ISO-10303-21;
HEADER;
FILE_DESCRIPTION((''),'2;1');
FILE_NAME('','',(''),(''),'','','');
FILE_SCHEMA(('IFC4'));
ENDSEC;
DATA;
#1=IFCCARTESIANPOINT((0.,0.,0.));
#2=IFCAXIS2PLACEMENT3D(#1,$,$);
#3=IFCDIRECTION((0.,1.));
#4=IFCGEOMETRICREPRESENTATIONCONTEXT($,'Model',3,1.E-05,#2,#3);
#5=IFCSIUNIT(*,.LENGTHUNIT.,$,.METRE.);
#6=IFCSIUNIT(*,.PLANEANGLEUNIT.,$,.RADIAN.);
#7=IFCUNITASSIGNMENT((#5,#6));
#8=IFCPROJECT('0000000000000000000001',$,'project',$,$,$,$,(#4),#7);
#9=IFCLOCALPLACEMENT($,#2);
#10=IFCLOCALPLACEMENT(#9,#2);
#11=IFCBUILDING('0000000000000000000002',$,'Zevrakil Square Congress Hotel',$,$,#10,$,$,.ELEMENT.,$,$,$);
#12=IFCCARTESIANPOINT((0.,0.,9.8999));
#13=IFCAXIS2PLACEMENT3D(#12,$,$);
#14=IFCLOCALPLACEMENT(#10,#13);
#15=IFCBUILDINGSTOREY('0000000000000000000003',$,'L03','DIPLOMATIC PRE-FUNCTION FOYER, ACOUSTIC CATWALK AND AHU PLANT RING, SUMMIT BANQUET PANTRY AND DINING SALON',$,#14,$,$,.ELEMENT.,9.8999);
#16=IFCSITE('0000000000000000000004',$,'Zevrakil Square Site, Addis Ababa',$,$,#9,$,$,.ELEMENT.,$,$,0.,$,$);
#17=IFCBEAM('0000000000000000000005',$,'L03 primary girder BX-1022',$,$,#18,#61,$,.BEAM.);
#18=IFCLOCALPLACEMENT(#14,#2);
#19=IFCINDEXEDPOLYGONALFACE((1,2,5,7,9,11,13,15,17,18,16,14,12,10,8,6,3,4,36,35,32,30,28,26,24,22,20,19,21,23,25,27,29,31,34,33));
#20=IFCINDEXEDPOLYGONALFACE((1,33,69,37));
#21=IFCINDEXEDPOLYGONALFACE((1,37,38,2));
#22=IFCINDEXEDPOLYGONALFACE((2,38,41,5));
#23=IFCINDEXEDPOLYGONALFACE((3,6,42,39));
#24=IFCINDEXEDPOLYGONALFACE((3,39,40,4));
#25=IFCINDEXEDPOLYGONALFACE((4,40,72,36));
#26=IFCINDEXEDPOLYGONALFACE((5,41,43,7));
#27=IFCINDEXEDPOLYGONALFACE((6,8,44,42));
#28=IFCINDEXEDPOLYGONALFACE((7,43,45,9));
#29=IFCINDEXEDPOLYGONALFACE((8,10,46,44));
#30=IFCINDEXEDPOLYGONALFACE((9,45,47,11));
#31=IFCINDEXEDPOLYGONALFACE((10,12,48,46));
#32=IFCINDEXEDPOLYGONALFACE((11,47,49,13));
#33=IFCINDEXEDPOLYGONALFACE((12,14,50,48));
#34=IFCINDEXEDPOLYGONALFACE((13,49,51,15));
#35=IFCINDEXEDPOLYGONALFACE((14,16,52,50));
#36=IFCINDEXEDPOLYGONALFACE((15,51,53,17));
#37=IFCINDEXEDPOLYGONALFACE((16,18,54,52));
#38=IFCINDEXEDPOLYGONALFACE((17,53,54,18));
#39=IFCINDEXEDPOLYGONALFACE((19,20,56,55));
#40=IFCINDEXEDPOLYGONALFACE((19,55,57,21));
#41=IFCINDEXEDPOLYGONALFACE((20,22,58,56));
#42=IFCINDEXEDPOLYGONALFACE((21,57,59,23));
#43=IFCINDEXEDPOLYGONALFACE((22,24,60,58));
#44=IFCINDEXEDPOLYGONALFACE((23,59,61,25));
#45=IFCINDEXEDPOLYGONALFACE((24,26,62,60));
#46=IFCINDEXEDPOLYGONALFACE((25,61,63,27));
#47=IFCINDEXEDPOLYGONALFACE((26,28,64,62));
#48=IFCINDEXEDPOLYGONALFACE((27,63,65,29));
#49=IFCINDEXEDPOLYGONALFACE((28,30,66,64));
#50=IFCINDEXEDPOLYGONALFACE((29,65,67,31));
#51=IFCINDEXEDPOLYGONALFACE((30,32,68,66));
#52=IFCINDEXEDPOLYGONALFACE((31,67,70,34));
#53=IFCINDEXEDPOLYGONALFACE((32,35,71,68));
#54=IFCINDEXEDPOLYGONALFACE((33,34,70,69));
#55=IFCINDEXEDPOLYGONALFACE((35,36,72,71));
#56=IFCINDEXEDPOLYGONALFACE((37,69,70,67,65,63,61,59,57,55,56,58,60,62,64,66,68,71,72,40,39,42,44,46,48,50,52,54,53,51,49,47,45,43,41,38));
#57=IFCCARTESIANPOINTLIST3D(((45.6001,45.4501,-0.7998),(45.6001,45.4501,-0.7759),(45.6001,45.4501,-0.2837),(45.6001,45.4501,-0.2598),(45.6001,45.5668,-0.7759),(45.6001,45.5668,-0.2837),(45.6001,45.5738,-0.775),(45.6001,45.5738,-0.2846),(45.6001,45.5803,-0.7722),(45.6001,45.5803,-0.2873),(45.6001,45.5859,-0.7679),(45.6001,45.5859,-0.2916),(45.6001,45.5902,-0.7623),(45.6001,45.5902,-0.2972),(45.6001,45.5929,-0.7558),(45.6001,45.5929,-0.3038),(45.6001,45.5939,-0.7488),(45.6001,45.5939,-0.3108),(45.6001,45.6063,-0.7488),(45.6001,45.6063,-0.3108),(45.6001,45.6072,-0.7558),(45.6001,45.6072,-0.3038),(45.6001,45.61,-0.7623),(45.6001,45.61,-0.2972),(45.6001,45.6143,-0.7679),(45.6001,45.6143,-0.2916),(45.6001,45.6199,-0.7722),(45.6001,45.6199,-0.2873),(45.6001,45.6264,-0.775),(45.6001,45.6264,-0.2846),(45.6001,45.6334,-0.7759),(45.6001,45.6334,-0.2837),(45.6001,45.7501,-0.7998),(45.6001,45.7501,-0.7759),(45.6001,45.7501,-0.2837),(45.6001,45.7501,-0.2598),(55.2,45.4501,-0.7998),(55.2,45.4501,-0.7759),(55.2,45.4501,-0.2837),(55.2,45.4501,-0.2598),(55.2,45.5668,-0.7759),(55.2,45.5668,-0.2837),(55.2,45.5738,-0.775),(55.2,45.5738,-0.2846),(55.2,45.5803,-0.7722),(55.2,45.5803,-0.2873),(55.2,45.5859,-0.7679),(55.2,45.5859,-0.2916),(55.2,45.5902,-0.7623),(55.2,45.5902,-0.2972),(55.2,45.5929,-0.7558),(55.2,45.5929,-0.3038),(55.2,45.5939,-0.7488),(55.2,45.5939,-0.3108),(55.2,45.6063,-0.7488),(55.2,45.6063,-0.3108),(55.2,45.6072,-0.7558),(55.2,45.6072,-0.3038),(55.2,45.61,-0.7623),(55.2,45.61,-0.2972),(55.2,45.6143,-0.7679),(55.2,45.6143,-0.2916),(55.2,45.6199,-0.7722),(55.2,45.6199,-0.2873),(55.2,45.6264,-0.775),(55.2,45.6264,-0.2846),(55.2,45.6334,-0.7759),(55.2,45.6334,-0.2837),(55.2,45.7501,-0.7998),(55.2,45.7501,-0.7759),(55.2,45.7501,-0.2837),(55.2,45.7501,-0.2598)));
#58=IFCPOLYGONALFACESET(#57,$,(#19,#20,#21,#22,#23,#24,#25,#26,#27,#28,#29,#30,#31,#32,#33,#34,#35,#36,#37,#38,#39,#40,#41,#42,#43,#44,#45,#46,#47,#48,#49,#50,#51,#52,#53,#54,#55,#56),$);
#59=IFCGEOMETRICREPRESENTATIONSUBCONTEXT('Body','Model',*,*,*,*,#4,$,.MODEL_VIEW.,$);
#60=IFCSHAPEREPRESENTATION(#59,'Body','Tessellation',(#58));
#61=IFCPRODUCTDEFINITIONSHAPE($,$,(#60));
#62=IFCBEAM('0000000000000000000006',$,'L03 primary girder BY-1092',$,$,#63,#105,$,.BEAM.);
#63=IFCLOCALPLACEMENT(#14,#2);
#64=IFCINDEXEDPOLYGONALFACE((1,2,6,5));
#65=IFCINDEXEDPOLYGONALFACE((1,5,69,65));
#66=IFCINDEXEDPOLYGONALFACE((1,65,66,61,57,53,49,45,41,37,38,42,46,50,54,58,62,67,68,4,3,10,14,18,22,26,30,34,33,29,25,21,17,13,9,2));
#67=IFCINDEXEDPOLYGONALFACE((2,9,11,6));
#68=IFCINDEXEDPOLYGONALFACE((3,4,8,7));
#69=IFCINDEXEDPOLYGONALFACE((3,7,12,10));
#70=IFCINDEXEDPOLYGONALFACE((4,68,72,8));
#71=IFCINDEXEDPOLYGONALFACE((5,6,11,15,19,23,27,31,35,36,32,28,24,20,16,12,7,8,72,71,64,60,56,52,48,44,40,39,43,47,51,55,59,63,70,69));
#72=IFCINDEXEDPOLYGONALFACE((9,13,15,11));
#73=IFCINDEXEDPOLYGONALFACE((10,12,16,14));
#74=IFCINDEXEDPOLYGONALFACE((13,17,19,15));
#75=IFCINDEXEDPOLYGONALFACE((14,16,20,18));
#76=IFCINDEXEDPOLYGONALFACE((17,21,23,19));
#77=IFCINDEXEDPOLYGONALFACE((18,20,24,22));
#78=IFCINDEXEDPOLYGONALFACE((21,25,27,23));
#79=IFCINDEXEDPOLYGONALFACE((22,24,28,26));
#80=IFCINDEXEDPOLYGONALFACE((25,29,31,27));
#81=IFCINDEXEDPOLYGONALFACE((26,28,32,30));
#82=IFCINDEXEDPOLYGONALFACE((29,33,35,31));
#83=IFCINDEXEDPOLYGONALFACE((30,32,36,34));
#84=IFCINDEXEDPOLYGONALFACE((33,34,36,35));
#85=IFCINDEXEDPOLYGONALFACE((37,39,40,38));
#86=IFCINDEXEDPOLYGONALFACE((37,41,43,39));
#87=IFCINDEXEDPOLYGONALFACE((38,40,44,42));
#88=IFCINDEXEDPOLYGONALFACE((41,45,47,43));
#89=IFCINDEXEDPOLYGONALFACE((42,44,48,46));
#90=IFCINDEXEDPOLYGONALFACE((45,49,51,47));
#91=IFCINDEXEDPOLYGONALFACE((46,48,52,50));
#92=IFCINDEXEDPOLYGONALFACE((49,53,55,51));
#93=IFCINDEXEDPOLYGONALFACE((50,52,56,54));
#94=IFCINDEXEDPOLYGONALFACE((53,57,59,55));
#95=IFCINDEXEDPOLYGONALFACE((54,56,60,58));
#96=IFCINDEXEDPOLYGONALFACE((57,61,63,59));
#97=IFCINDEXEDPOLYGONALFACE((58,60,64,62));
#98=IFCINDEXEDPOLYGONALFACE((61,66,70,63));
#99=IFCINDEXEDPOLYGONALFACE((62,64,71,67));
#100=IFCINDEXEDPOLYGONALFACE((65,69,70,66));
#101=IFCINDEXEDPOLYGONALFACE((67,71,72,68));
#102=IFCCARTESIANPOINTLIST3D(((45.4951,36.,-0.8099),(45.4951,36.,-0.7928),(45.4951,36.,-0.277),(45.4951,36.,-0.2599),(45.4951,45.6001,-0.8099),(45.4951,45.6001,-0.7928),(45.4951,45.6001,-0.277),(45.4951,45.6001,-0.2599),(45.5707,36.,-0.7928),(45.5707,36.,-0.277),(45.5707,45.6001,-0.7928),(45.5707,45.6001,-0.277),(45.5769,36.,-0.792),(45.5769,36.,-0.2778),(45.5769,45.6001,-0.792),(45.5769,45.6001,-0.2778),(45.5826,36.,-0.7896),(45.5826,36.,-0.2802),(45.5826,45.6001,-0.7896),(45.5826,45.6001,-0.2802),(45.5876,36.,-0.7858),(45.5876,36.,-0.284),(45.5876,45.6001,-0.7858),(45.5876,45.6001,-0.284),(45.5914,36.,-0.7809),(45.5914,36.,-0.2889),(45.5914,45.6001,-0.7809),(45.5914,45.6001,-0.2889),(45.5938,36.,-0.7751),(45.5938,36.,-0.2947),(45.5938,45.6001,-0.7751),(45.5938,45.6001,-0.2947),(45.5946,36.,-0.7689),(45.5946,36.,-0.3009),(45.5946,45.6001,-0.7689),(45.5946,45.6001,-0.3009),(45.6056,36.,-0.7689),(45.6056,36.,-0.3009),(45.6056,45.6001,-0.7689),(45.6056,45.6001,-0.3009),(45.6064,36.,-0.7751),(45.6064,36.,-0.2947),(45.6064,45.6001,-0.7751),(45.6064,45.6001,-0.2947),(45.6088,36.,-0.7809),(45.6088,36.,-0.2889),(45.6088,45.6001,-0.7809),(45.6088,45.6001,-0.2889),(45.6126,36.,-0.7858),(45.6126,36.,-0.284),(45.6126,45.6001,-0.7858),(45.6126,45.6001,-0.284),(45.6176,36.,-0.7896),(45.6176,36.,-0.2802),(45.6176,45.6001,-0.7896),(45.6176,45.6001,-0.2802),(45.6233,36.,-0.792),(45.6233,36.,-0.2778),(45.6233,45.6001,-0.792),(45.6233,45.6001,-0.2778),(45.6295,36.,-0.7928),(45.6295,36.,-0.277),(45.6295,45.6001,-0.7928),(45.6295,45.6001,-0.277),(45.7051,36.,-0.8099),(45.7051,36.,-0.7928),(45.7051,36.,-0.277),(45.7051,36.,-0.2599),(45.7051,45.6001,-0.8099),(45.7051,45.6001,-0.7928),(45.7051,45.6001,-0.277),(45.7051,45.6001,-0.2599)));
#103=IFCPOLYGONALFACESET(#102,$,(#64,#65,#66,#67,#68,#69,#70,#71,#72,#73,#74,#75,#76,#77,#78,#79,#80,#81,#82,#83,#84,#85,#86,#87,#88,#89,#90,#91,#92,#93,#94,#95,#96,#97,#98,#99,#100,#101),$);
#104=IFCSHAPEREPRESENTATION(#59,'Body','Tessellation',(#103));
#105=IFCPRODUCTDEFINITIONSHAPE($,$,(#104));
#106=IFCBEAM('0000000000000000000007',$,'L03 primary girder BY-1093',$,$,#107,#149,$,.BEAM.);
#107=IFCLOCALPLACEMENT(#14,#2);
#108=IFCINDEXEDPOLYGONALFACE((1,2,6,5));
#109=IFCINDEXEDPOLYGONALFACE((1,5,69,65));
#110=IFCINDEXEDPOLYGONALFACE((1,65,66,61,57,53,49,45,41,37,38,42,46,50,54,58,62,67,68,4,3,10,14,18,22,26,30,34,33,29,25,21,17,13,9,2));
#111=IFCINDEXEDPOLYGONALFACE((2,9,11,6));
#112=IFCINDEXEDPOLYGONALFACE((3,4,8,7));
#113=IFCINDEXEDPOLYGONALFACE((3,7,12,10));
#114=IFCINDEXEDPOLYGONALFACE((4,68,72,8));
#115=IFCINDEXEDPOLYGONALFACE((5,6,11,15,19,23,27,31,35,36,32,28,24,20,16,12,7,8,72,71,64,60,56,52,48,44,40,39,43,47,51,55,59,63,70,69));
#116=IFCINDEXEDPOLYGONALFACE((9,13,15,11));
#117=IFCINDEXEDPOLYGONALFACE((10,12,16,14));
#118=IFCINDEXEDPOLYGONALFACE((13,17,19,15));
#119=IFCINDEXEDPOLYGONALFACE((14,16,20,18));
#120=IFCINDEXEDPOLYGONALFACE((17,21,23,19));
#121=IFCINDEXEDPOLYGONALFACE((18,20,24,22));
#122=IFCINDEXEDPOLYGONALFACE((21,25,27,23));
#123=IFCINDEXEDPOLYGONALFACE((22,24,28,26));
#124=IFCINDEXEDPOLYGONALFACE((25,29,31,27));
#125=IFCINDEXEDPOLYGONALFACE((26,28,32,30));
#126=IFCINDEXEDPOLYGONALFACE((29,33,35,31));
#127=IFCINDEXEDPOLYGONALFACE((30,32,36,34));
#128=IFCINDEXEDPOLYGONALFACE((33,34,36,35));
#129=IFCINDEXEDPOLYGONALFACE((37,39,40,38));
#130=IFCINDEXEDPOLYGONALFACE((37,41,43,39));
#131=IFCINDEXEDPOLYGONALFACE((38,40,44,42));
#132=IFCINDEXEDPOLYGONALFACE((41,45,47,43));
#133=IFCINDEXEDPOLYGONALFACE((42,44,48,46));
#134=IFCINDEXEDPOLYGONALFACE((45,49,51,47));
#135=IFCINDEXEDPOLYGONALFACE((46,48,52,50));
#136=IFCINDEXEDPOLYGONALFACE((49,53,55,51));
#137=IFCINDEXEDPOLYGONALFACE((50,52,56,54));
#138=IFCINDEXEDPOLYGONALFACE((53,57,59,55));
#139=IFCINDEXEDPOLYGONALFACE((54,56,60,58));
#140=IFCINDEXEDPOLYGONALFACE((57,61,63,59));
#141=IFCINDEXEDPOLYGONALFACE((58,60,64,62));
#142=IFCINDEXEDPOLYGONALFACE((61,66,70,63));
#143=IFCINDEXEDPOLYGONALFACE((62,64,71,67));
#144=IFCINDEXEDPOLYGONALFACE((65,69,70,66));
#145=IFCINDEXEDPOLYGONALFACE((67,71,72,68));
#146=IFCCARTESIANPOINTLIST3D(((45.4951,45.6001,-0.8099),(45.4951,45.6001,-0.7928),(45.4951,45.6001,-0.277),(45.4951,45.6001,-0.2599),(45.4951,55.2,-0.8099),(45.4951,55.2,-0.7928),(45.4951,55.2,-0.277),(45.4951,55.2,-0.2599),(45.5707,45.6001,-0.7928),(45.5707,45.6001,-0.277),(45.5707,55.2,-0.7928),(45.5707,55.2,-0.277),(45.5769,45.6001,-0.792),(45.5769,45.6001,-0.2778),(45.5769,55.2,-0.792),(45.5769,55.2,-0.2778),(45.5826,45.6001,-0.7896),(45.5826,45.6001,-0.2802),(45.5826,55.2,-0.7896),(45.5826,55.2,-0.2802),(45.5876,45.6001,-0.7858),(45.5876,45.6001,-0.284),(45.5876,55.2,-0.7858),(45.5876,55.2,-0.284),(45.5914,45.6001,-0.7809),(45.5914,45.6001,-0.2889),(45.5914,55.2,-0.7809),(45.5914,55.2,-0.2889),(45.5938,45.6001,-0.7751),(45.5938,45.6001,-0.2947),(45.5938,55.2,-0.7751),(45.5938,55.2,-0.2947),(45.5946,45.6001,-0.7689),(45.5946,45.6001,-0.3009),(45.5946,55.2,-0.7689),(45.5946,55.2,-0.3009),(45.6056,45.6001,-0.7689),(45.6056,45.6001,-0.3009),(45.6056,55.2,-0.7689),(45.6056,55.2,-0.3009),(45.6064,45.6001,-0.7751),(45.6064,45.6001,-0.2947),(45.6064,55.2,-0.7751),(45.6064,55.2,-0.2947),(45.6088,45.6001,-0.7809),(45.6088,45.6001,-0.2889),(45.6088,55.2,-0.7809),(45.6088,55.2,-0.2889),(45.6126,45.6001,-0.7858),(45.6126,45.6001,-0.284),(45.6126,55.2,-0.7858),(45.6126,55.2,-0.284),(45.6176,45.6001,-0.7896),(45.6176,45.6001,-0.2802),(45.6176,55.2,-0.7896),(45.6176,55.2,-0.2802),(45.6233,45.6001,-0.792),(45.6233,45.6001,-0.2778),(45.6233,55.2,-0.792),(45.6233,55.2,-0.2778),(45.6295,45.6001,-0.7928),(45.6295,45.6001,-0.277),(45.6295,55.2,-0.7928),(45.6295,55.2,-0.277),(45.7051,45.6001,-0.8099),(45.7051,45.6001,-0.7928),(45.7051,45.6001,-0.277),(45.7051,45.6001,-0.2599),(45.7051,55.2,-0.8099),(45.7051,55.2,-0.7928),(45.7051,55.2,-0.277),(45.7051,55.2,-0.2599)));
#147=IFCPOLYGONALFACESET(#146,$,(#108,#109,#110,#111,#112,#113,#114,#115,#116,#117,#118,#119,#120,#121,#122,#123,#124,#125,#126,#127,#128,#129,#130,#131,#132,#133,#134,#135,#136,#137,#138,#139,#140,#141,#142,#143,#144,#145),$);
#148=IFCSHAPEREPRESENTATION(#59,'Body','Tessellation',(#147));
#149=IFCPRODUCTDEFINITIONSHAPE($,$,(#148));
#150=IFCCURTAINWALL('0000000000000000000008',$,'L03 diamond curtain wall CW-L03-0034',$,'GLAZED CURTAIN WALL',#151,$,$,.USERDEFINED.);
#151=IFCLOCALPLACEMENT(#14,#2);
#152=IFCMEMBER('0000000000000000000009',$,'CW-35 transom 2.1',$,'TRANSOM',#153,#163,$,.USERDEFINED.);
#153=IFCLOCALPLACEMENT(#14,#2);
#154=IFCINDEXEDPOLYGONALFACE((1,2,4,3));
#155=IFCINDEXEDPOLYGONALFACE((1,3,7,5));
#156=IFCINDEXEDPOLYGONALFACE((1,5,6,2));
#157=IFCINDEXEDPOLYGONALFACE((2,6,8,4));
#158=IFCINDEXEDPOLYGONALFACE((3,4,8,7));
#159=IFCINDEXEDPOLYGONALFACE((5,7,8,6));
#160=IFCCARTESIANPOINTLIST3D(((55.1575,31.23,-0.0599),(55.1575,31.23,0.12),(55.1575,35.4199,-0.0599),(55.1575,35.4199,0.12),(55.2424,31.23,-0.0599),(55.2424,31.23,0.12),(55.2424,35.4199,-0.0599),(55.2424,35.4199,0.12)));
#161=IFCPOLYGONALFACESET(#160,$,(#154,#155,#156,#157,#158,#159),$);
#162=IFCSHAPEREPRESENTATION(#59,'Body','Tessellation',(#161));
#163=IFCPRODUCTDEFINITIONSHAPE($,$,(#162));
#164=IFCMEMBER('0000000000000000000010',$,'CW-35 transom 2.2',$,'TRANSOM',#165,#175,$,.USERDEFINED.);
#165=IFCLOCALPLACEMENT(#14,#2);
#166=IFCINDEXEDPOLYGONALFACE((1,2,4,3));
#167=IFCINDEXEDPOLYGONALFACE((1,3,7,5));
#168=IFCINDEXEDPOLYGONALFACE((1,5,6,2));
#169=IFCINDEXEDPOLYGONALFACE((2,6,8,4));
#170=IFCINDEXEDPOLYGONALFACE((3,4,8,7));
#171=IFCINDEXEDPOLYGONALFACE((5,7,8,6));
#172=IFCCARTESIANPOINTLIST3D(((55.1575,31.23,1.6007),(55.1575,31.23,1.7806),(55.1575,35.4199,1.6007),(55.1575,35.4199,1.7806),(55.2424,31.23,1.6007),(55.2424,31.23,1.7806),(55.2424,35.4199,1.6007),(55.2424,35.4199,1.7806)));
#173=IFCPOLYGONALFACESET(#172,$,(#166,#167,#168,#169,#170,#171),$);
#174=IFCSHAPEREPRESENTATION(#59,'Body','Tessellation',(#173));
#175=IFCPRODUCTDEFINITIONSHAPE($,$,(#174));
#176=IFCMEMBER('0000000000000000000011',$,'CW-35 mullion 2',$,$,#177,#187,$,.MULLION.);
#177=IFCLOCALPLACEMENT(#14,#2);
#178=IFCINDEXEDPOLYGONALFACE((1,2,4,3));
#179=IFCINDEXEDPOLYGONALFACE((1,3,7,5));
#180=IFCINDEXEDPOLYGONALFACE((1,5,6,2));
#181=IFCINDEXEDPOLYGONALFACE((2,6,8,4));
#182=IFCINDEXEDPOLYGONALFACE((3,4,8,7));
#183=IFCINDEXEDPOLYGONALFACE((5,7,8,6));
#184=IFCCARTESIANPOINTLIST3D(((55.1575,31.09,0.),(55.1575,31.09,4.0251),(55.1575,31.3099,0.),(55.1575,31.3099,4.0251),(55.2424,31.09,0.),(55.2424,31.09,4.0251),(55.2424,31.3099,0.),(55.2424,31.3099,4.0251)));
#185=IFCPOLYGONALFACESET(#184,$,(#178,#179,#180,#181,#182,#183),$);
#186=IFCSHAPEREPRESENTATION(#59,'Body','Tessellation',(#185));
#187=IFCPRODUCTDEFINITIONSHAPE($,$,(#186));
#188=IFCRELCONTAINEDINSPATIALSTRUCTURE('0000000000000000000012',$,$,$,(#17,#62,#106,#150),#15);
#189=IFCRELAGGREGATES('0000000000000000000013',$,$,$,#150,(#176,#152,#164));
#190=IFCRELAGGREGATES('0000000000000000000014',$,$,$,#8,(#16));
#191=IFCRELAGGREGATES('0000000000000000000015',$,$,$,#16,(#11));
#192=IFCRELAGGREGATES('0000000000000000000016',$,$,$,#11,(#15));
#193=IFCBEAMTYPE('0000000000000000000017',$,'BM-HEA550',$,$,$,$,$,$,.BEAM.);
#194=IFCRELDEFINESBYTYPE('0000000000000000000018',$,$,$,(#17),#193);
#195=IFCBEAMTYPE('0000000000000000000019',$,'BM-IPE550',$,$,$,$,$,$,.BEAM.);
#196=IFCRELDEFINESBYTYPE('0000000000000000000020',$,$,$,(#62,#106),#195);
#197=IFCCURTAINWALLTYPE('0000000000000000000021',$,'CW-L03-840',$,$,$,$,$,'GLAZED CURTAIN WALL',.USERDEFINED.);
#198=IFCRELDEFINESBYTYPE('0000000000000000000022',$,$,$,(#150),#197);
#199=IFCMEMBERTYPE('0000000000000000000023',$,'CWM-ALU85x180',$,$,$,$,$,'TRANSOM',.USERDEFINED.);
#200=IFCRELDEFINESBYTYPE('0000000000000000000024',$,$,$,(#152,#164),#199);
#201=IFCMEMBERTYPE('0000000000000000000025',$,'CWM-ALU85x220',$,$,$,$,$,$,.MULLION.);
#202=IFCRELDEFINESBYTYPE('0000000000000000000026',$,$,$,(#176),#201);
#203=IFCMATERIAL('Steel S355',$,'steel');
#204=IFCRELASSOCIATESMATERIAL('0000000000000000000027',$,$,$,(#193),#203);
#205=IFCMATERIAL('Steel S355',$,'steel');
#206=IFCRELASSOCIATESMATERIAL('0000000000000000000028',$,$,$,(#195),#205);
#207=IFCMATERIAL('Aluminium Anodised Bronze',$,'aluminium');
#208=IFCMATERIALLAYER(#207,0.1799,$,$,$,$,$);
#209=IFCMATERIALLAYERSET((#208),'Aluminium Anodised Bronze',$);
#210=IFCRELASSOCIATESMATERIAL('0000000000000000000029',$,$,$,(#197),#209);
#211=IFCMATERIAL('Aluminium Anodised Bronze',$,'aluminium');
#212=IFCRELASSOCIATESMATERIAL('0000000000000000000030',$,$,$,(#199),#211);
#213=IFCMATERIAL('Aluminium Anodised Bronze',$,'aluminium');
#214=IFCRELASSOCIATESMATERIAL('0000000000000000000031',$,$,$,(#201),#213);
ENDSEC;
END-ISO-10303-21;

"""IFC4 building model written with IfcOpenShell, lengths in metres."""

from ifc_helpers import new_model, si_unit, direction, frame, origin, origin_2d, place, context, subcontext, project, spatial, rectangle, i_section, extrude, material, layer, layer_set, material_profile, profile_set, type_object, element, aggregate, save


model = new_model("IFC4")

# Units and contexts
model_context = context("Model", 3, precision=1e-05, world=origin(), true_north=direction((0.0, 1.0)))
body_context = subcontext(model_context, "Body", "Model", "MODEL_VIEW")
ifc_project = project(units=[si_unit("LENGTHUNIT", "METRE"), si_unit("PLANEANGLEUNIT", "RADIAN")], contexts=[model_context])

# Site, building, storey
site_placement = place(None, origin())
site = spatial("IfcSite", under=ifc_project, at=site_placement, Name="Zevrakil Square Site, Addis Ababa", CompositionType="ELEMENT", RefElevation=0.0)
building_placement = place(site_placement, origin())
building = spatial("IfcBuilding", under=site, at=building_placement, Name="Zevrakil Square Congress Hotel", CompositionType="ELEMENT")
storey_placement = place(building_placement, frame((0.0, 0.0, 9.8999)))
storey = spatial("IfcBuildingStorey", under=building, at=storey_placement, Name="L03", Description="DIPLOMATIC PRE-FUNCTION FOYER, ACOUSTIC CATWALK AND AHU PLANT RING, SUMMIT BANQUET PANTRY AND DINING SALON", CompositionType="ELEMENT", Elevation=9.8999)

# Beams
ifc_material_1 = material(Name="Steel S355", Category="steel")
ifc_material_profile_1 = material_profile(ifc_material_1, i_section(OverallWidth=0.3, OverallDepth=0.54, WebThickness=0.0125, FlangeThickness=0.0239, FilletRadius=0.0271, at=origin_2d()), Name="HEA 550")
ifc_profile_set_1 = profile_set([ifc_material_profile_1], Name="Steel S355")
beam_type_1 = type_object("IfcBeamType", Name="BM-HEA550", PredefinedType="BEAM", material=ifc_profile_set_1)
for number, where, z_axis, x_axis, name in (
    (1, (45.6001, 45.6001, -0.5298), (1.0, 0.0, 0.0), (0.0, 1.0, 0.0), "L03 primary girder BX-1022"),
):
    element("IfcBeam", number, at=place(storey_placement, frame(where, z_axis=z_axis, x_axis=x_axis)), inside=storey, type_object=beam_type_1, Name=name, PredefinedType="BEAM", context=body_context, shape_type="SweptSolid", body=[
        extrude(i_section(OverallWidth=0.3, OverallDepth=0.54, WebThickness=0.0125, FlangeThickness=0.0239, FilletRadius=0.0271, at=origin_2d()), origin(), (0.0, 0.0, 1.0), 9.5999),
    ])
ifc_material_2 = material(Name="Steel S355", Category="steel")
ifc_material_profile_2 = material_profile(ifc_material_2, i_section(OverallWidth=0.21, OverallDepth=0.55, WebThickness=0.011, FlangeThickness=0.0171, FilletRadius=0.0239, at=origin_2d()), Name="IPE 550")
ifc_profile_set_2 = profile_set([ifc_material_profile_2], Name="Steel S355")
beam_type_2 = type_object("IfcBeamType", Name="BM-IPE550", PredefinedType="BEAM", material=ifc_profile_set_2)
beam_1_placement = place(storey_placement, frame((45.6001, 36.0, -0.5349), z_axis=(0.0, 1.0, 0.0), x_axis=(-1.0, 0.0, 0.0)))
element("IfcBeam", 2, at=beam_1_placement, inside=storey, type_object=beam_type_2, Name="L03 primary girder BY-1092", PredefinedType="BEAM", context=body_context, shape_type="SweptSolid", body=[
    extrude(i_section(OverallWidth=0.21, OverallDepth=0.55, WebThickness=0.011, FlangeThickness=0.0171, FilletRadius=0.0239, at=origin_2d()), origin(), (0.0, 0.0, 1.0), 9.6001),
])
beam_2_placement = place(storey_placement, frame((45.6001, 45.6001, -0.5349), z_axis=(0.0, 1.0, 0.0), x_axis=(-1.0, 0.0, 0.0)))
element("IfcBeam", 3, at=beam_2_placement, inside=storey, type_object=beam_type_2, Name="L03 primary girder BY-1093", PredefinedType="BEAM", context=body_context, shape_type="SweptSolid", body=[
    extrude(i_section(OverallWidth=0.21, OverallDepth=0.55, WebThickness=0.011, FlangeThickness=0.0171, FilletRadius=0.0239, at=origin_2d()), origin(), (0.0, 0.0, 1.0), 9.5999),
])

# Curtain wall, members
ifc_material_3 = material(Name="Aluminium Anodised Bronze", Category="aluminium")
ifc_layer_1 = layer(ifc_material_3, 0.1799)
ifc_layer_set_1 = layer_set([ifc_layer_1], Name="Aluminium Anodised Bronze")
curtain_wall_type = type_object("IfcCurtainWallType", Name="CW-L03-840", ElementType="GLAZED CURTAIN WALL", PredefinedType="USERDEFINED", material=ifc_layer_set_1)
curtain_wall_placement = place(storey_placement, origin())
curtain_wall = element("IfcCurtainWall", 4, at=curtain_wall_placement, inside=storey, type_object=curtain_wall_type, Name="L03 diamond curtain wall CW-L03-0034", ObjectType="GLAZED CURTAIN WALL", PredefinedType="USERDEFINED")
ifc_material_4 = material(Name="Aluminium Anodised Bronze", Category="aluminium")
ifc_material_profile_3 = material_profile(ifc_material_4, rectangle(XDim=0.085, YDim=0.1799, at=origin_2d()), Name="ALU 85x180")
ifc_profile_set_3 = profile_set([ifc_material_profile_3], Name="Aluminium Anodised Bronze")
member_type_1 = type_object("IfcMemberType", Name="CWM-ALU85x180", ElementType="TRANSOM", PredefinedType="USERDEFINED", material=ifc_profile_set_3)
member_1_placement = place(storey_placement, frame((55.2, 31.23, 0.03), z_axis=(0.0, 1.0, 0.0), x_axis=(-1.0, 0.0, 0.0)))
member_1 = element("IfcMember", 5, at=member_1_placement, type_object=member_type_1, Name="CW-35 transom 2.1", ObjectType="TRANSOM", PredefinedType="USERDEFINED", context=body_context, shape_type="SweptSolid", body=[
    extrude(rectangle(XDim=0.085, YDim=0.1799, at=origin_2d()), origin(), (0.0, 0.0, 1.0), 4.1899),
])
member_2_placement = place(storey_placement, frame((55.2, 31.23, 1.6907), z_axis=(0.0, 1.0, 0.0), x_axis=(-1.0, 0.0, 0.0)))
member_2 = element("IfcMember", 6, at=member_2_placement, type_object=member_type_1, Name="CW-35 transom 2.2", ObjectType="TRANSOM", PredefinedType="USERDEFINED", context=body_context, shape_type="SweptSolid", body=[
    extrude(rectangle(XDim=0.085, YDim=0.1799, at=origin_2d()), origin(), (0.0, 0.0, 1.0), 4.1899),
])
ifc_material_5 = material(Name="Aluminium Anodised Bronze", Category="aluminium")
ifc_material_profile_4 = material_profile(ifc_material_5, rectangle(XDim=0.085, YDim=0.22, at=origin_2d()), Name="ALU 85x220")
ifc_profile_set_4 = profile_set([ifc_material_profile_4], Name="Aluminium Anodised Bronze")
member_type_2 = type_object("IfcMemberType", Name="CWM-ALU85x220", PredefinedType="MULLION", material=ifc_profile_set_4)
member_3_placement = place(storey_placement, frame((55.2, 31.2, 0.0), z_axis=(0.0, 0.0, 1.0), x_axis=(-1.0, 0.0, 0.0)))
member_3 = element("IfcMember", 7, at=member_3_placement, type_object=member_type_2, Name="CW-35 mullion 2", PredefinedType="MULLION", context=body_context, shape_type="SweptSolid", body=[
    extrude(rectangle(XDim=0.085, YDim=0.22, at=origin_2d()), origin(), (0.0, 0.0, 1.0), 4.0251),
])

aggregate(curtain_wall, [member_3, member_1, member_2])

save(model, "model.ifc")
